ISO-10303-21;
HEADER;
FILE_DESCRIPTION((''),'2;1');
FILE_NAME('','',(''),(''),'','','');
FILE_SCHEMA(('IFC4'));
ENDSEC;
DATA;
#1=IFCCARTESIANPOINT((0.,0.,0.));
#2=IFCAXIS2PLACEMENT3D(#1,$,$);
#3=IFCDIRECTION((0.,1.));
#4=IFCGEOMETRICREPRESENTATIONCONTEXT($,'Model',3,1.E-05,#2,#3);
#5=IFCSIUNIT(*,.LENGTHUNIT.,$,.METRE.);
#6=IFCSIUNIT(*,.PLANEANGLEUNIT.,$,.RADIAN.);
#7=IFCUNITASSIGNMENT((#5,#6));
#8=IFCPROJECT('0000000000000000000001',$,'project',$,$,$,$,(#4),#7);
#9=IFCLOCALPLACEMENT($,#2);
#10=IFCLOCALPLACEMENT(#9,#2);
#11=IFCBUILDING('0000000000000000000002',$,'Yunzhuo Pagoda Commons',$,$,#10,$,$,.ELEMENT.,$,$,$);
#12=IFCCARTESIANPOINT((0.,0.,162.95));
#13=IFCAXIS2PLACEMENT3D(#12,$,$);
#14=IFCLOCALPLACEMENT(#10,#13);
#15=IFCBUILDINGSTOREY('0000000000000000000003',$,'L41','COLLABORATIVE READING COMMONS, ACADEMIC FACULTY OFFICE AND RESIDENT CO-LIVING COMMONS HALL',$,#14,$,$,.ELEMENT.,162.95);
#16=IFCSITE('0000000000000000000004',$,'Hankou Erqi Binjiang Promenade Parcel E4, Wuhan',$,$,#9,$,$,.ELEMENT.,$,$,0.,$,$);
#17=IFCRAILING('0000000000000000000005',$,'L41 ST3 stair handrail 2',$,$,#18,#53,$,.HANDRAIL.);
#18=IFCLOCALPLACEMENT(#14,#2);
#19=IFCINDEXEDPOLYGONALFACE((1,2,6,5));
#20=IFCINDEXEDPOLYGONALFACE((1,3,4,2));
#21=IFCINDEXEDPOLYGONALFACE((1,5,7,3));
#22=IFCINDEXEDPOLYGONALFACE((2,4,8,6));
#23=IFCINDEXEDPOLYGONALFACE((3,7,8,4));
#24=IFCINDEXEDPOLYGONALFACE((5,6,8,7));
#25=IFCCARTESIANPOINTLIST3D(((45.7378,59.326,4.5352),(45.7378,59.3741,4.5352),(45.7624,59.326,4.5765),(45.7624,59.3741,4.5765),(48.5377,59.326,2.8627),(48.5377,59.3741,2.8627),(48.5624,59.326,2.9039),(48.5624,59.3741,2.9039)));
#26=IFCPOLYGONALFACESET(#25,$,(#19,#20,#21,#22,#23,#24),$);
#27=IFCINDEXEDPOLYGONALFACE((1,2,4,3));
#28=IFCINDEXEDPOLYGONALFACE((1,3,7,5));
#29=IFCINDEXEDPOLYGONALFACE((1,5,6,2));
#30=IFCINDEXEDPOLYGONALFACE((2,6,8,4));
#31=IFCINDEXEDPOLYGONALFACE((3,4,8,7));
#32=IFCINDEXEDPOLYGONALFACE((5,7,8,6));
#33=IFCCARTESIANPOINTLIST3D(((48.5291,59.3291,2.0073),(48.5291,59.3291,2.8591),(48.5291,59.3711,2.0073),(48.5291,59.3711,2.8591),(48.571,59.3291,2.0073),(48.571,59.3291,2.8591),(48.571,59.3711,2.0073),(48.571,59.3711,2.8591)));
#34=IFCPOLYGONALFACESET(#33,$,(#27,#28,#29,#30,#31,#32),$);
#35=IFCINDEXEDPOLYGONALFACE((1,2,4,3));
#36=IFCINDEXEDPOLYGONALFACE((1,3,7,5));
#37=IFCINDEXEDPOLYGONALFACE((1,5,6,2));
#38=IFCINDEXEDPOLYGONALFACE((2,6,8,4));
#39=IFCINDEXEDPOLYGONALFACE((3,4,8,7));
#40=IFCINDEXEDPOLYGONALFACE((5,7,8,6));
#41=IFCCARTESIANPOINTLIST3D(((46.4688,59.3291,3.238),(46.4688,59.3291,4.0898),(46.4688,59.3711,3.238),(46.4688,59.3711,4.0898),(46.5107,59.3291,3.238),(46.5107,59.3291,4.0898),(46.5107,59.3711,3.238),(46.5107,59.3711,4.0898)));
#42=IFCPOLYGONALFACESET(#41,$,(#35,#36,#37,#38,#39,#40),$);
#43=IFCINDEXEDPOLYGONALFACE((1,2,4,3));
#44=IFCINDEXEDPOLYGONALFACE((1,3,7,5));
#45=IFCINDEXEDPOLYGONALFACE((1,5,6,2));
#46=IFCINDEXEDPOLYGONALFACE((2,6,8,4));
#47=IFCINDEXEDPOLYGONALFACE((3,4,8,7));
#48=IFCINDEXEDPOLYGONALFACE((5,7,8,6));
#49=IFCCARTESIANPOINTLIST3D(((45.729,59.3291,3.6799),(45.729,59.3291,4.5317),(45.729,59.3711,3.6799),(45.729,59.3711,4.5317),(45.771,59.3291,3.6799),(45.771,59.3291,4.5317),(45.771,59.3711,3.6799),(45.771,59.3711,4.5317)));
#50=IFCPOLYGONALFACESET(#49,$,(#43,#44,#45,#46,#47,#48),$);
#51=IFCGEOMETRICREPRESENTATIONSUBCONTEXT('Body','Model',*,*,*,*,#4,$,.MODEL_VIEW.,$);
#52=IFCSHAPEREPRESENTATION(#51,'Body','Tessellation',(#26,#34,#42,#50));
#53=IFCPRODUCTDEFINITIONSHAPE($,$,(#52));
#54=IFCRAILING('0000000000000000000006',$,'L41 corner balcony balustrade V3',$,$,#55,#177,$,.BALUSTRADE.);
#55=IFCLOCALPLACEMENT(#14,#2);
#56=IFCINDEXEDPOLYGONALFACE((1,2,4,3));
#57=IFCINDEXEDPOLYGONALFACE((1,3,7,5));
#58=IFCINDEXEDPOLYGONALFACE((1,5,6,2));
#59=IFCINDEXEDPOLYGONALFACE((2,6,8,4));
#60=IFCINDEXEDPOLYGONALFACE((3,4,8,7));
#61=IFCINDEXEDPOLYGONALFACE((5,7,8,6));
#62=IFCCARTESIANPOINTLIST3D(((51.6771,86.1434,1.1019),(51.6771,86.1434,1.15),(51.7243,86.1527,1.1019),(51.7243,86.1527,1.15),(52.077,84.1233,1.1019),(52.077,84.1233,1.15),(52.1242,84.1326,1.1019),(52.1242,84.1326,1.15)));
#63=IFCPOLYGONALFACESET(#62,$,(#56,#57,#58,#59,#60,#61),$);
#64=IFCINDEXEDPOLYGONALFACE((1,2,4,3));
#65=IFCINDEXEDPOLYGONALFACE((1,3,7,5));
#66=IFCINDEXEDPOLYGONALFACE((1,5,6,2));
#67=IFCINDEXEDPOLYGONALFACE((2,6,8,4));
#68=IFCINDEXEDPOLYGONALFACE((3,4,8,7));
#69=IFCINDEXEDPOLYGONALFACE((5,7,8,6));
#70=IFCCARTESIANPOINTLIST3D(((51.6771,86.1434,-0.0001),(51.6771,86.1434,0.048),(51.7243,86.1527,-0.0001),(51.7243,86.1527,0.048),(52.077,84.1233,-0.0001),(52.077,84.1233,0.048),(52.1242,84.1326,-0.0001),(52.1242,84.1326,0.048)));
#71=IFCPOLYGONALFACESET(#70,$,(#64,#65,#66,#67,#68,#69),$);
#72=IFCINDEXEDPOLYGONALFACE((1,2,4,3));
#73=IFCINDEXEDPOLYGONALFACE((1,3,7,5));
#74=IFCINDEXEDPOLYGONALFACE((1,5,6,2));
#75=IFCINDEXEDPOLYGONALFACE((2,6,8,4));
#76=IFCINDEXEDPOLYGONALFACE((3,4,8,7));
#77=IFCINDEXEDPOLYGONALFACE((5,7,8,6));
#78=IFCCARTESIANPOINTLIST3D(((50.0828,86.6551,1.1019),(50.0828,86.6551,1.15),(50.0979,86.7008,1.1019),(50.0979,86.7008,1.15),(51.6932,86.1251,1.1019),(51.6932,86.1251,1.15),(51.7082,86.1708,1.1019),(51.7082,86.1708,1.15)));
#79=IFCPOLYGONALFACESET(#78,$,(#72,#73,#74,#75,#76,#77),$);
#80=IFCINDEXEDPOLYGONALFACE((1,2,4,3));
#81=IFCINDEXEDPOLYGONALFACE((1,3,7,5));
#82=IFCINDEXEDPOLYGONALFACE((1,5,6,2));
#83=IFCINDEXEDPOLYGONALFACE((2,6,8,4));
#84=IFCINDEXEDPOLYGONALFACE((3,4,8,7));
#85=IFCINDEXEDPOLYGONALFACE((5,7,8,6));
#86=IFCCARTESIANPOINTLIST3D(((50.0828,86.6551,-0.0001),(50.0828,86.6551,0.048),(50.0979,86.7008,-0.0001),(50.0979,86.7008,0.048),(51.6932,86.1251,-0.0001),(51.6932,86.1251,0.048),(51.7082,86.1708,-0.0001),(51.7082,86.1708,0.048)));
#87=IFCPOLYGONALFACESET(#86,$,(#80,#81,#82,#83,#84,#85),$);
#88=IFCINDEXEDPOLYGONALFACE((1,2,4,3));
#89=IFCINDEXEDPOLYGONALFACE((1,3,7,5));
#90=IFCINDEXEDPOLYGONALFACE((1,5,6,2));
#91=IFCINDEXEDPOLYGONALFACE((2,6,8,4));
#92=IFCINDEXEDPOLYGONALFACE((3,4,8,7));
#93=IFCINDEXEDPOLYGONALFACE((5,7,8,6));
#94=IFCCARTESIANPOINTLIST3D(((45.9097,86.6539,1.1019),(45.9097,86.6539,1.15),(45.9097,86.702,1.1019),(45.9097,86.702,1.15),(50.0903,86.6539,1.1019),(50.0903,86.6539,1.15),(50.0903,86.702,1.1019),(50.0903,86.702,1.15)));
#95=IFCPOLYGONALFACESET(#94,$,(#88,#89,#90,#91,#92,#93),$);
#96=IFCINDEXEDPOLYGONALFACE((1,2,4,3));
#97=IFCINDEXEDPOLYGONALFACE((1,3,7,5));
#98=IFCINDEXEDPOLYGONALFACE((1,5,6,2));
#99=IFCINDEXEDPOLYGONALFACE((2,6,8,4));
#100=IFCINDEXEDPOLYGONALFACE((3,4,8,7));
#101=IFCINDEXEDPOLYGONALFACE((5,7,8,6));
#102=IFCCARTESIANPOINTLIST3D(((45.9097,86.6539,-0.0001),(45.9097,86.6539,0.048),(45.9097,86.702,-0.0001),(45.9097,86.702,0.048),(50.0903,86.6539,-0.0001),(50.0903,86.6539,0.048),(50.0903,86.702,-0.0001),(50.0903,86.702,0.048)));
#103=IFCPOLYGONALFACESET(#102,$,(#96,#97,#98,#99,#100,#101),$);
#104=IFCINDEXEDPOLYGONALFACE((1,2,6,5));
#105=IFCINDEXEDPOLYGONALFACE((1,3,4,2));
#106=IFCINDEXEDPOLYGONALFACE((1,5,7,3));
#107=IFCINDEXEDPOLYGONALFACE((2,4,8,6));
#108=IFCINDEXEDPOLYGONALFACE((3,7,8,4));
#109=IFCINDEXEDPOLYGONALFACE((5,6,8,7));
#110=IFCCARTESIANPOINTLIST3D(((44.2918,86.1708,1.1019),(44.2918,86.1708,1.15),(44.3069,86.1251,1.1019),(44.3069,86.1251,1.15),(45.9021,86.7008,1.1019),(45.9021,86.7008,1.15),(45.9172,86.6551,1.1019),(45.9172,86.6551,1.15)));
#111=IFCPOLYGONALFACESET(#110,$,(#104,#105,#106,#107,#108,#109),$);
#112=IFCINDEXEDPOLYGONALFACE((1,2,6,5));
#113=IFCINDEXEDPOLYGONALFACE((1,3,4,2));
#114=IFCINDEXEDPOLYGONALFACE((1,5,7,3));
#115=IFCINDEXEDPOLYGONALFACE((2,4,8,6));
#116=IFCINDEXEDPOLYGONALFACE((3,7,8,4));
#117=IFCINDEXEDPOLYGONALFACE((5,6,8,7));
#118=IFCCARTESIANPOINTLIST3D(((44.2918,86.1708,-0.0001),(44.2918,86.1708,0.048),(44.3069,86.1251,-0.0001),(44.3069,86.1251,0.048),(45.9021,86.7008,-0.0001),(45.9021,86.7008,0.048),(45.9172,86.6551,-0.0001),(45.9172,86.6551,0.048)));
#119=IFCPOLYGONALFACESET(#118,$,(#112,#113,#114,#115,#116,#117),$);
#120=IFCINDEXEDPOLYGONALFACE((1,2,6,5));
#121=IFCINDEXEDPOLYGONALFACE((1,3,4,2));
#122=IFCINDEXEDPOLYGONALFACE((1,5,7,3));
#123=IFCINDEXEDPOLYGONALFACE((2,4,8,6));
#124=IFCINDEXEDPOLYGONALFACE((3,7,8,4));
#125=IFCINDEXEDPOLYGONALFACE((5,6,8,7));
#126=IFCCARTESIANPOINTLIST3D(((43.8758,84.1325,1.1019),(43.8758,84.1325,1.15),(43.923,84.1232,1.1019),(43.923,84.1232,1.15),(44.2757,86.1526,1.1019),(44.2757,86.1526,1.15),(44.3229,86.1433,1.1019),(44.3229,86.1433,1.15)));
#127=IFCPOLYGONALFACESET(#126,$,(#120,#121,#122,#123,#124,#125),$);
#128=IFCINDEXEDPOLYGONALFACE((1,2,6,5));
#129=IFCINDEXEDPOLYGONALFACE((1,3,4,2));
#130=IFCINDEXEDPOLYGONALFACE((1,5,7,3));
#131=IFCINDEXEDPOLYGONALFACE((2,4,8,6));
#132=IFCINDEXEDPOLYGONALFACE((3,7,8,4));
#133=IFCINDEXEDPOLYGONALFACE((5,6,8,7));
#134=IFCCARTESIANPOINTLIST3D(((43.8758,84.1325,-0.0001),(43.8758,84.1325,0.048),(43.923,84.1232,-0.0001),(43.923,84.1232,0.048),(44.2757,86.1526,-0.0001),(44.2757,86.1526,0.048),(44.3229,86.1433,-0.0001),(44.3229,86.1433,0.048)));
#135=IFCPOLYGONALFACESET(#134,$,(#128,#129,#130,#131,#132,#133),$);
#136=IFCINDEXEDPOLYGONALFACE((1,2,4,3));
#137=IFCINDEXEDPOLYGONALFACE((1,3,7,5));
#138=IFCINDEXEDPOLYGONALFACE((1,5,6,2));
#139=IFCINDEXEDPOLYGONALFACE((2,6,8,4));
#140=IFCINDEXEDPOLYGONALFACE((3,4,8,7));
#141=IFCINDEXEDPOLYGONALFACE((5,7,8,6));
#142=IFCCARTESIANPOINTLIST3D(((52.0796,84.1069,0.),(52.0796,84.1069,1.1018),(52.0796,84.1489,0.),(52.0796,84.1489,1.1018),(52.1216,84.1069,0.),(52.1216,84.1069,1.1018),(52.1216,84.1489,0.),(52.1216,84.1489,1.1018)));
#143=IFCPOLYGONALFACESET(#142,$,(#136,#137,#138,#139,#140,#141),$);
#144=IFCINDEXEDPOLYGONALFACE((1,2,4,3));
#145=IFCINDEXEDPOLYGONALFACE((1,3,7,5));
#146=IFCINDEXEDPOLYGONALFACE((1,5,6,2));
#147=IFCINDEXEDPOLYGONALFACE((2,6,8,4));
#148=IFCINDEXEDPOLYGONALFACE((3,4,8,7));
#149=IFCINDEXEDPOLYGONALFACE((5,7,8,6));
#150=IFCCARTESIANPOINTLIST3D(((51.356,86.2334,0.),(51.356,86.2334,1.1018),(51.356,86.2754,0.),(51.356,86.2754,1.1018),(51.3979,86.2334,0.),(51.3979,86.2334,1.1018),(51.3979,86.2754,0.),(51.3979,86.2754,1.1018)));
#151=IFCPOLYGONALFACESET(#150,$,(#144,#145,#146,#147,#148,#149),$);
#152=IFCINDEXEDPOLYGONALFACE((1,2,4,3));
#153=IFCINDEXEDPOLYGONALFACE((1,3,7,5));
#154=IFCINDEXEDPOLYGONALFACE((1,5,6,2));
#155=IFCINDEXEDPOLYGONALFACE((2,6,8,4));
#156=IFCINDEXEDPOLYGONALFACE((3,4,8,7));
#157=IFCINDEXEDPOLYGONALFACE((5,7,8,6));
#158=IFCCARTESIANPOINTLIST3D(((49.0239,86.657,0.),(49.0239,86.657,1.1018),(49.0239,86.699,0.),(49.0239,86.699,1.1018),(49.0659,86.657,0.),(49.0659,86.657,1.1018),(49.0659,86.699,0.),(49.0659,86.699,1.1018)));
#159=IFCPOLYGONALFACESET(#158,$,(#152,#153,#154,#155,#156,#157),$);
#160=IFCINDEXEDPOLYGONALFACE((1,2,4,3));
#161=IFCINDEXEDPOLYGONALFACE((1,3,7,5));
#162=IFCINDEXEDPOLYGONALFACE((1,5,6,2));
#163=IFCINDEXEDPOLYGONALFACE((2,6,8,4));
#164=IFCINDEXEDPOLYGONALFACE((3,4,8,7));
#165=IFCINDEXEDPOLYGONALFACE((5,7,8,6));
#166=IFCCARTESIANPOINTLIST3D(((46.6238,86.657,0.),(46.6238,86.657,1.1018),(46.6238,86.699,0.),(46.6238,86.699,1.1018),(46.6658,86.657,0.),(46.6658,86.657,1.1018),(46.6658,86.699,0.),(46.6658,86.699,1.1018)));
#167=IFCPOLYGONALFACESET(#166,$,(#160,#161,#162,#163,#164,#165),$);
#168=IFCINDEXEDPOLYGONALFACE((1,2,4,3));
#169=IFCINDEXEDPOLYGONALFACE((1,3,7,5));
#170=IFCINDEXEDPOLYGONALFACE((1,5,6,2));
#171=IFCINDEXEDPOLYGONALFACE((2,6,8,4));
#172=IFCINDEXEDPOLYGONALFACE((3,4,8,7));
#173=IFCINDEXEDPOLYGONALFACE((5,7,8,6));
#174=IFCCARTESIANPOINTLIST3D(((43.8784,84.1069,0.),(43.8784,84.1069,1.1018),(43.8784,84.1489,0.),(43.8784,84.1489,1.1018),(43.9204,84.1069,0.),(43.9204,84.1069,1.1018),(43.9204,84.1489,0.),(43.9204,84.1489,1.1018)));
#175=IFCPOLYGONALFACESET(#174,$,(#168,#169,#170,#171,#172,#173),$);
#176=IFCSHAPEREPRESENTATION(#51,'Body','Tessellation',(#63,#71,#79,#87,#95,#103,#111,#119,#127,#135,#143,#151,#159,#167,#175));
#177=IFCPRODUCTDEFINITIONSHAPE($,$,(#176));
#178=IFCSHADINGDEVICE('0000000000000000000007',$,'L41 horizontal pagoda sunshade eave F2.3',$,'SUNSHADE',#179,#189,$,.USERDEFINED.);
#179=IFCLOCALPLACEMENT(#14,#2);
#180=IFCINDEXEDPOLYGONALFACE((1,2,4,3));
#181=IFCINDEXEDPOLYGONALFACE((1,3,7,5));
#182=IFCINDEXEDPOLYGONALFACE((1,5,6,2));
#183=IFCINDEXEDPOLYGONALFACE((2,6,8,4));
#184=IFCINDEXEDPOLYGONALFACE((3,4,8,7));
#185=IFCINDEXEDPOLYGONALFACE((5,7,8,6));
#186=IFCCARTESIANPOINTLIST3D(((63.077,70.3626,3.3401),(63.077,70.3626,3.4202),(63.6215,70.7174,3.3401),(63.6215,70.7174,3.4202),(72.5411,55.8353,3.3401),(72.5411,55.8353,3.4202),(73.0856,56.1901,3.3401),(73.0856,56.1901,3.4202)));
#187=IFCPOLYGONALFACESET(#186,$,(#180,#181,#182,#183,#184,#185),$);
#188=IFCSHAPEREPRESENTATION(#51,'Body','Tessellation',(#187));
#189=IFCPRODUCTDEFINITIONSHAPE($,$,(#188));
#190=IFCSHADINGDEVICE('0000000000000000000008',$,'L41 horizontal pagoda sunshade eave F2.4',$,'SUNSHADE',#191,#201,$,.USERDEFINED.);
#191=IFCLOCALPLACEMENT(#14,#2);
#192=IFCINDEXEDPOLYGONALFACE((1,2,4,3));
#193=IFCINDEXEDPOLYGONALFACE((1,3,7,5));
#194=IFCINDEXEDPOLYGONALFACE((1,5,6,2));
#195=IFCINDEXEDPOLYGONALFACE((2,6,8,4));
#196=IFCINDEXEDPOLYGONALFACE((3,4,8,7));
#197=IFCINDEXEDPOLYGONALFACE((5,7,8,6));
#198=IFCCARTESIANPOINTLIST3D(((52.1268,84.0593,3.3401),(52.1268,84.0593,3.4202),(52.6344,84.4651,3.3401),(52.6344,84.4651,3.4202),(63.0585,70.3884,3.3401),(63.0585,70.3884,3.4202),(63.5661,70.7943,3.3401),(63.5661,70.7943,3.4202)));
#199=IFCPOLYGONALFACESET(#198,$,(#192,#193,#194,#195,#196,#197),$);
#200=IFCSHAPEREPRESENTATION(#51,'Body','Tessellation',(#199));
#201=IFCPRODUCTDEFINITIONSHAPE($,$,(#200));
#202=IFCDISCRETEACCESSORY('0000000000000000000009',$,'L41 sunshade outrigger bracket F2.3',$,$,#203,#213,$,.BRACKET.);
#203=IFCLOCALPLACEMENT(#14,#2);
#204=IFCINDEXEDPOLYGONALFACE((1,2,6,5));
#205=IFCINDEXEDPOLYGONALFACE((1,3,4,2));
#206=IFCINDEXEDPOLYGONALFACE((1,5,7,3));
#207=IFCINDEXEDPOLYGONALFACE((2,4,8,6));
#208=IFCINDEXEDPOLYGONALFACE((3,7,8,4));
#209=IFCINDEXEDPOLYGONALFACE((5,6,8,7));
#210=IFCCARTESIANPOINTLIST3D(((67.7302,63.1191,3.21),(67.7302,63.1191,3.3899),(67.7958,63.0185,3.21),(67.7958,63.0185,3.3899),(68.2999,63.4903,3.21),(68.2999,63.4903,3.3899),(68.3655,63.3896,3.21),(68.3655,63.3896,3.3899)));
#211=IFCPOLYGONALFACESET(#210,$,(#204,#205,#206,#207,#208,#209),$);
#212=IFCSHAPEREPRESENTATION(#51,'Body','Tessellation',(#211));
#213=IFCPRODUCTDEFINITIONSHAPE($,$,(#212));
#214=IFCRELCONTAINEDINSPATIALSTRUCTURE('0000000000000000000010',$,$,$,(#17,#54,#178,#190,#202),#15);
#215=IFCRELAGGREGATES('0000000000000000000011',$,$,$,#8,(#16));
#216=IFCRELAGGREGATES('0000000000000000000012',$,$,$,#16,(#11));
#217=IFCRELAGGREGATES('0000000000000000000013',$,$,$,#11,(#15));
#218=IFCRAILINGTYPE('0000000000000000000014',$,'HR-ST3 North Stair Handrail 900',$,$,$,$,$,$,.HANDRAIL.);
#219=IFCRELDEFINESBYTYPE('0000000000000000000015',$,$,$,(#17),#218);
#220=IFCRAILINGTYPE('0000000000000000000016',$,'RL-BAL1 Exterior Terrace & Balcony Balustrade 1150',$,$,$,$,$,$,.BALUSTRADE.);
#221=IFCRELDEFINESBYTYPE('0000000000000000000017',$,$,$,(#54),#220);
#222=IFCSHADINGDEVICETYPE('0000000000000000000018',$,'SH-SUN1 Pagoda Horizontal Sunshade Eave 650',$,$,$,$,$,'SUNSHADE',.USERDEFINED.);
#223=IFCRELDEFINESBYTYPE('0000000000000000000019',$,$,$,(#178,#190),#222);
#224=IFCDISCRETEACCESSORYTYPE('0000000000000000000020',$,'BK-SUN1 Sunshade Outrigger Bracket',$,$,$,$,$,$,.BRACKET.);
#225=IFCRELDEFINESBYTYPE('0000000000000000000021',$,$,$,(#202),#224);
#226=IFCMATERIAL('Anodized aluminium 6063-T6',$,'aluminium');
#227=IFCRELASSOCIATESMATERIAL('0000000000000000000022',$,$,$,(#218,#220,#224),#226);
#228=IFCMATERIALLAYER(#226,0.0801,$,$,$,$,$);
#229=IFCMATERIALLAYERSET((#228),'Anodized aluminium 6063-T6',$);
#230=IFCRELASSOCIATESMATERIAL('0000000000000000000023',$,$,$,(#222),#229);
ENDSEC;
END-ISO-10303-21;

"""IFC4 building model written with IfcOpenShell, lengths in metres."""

from ifc_helpers import new_model, si_unit, direction, frame, origin, origin_2d, place, context, subcontext, project, spatial, rectangle, extrude, source, transform, mapped, material, layer, layer_set, type_object, element, save


model = new_model("IFC4")

# Units and contexts
model_context = context("Model", 3, precision=1e-05, world=origin(), true_north=direction((0.0, 1.0)))
body_context = subcontext(model_context, "Body", "Model", "MODEL_VIEW")
ifc_project = project(units=[si_unit("LENGTHUNIT", "METRE"), si_unit("PLANEANGLEUNIT", "RADIAN")], contexts=[model_context])

# Site, building, storey
site_placement = place(None, origin())
site = spatial("IfcSite", under=ifc_project, at=site_placement, Name="Hankou Erqi Binjiang Promenade Parcel E4, Wuhan", CompositionType="ELEMENT", RefElevation=0.0)
building_placement = place(site_placement, origin())
building = spatial("IfcBuilding", under=site, at=building_placement, Name="Yunzhuo Pagoda Commons", CompositionType="ELEMENT")
storey_placement = place(building_placement, frame((0.0, 0.0, 162.95)))
storey = spatial("IfcBuildingStorey", under=building, at=storey_placement, Name="L41", Description="COLLABORATIVE READING COMMONS, ACADEMIC FACULTY OFFICE AND RESIDENT CO-LIVING COMMONS HALL", CompositionType="ELEMENT", Elevation=162.95)

# Shared definitions
ifc_material_1 = material(Name="Anodized aluminium 6063-T6", Category="aluminium")

# Railings
railing_type_1 = type_object("IfcRailingType", Name="HR-ST3 North Stair Handrail 900", PredefinedType="HANDRAIL", material=ifc_material_1)
railing_1_placement = place(storey_placement, frame((48.55, 59.3501, 2.0073)))
element("IfcRailing", 1, at=railing_1_placement, inside=storey, type_object=railing_type_1, Name="L41 ST3 stair handrail 2", PredefinedType="HANDRAIL", context=body_context, shape_type="SweptSolid", body=[
    extrude(rectangle(XDim=0.0481, YDim=0.0481, at=origin_2d()), frame((0.0, 0.0, 0.876), z_axis=(-0.858495, 0.0, 0.512822), x_axis=(0.0, -1.0, 0.0)), (0.0, 0.0, 1.0), 3.2615),
    extrude(rectangle(XDim=0.042, YDim=0.042, at=origin_2d()), origin(), (0.0, 0.0, 1.0), 0.8518),
    extrude(rectangle(XDim=0.042, YDim=0.042, at=origin_2d()), frame((-2.0603, 0.0, 1.2307)), (0.0, 0.0, 1.0), 0.8518),
    extrude(rectangle(XDim=0.042, YDim=0.042, at=origin_2d()), frame((-2.8, 0.0, 1.6726)), (0.0, 0.0, 1.0), 0.8518),
])
railing_type_2 = type_object("IfcRailingType", Name="RL-BAL1 Exterior Terrace & Balcony Balustrade 1150", PredefinedType="BALUSTRADE", material=ifc_material_1)
railing_2_placement = place(storey_placement, frame((52.1006, 84.1279, 0.0)))
element("IfcRailing", 2, at=railing_2_placement, inside=storey, type_object=railing_type_2, Name="L41 corner balcony balustrade V3", PredefinedType="BALUSTRADE", context=body_context, shape_type="SweptSolid", body=[
    extrude(rectangle(XDim=0.0481, YDim=0.0481, at=origin_2d()), frame((0.0, 0.0, 1.126), z_axis=(-0.194201, 0.980962, 0.0), x_axis=(-0.980962, -0.194201, 0.0)), (0.0, 0.0, 1.0), 2.0593),
    extrude(rectangle(XDim=0.0481, YDim=0.0481, at=origin_2d()), frame((0.0, 0.0, 0.0239), z_axis=(-0.194201, 0.980962, 0.0), x_axis=(-0.980962, -0.194201, 0.0)), (0.0, 0.0, 1.0), 2.0593),
    extrude(rectangle(XDim=0.0481, YDim=0.0481, at=origin_2d()), frame((-0.3999, 2.02, 1.126), z_axis=(-0.949872, 0.31264, 0.0), x_axis=(-0.31264, -0.949872, 0.0)), (0.0, 0.0, 1.0), 1.6953),
    extrude(rectangle(XDim=0.0481, YDim=0.0481, at=origin_2d()), frame((-0.3999, 2.02, 0.0239), z_axis=(-0.949872, 0.31264, 0.0), x_axis=(-0.31264, -0.949872, 0.0)), (0.0, 0.0, 1.0), 1.6953),
    extrude(rectangle(XDim=0.0481, YDim=0.0481, at=origin_2d()), frame((-2.0103, 2.55, 1.126), z_axis=(-1.0, 0.0, 0.0), x_axis=(0.0, -1.0, 0.0)), (0.0, 0.0, 1.0), 4.1807),
    extrude(rectangle(XDim=0.0481, YDim=0.0481, at=origin_2d()), frame((-2.0103, 2.55, 0.0239), z_axis=(-1.0, 0.0, 0.0), x_axis=(0.0, -1.0, 0.0)), (0.0, 0.0, 1.0), 4.1807),
    extrude(rectangle(XDim=0.0481, YDim=0.0481, at=origin_2d()), frame((-6.1909, 2.55, 1.126), z_axis=(-0.949872, -0.31264, 0.0), x_axis=(0.31264, -0.949872, 0.0)), (0.0, 0.0, 1.0), 1.6953),
    extrude(rectangle(XDim=0.0481, YDim=0.0481, at=origin_2d()), frame((-6.1909, 2.55, 0.0239), z_axis=(-0.949872, -0.31264, 0.0), x_axis=(0.31264, -0.949872, 0.0)), (0.0, 0.0, 1.0), 1.6953),
    extrude(rectangle(XDim=0.0481, YDim=0.0481, at=origin_2d()), frame((-7.8013, 2.02, 1.126), z_axis=(-0.194201, -0.980962, 0.0), x_axis=(0.980962, -0.194201, 0.0)), (0.0, 0.0, 1.0), 2.0593),
    extrude(rectangle(XDim=0.0481, YDim=0.0481, at=origin_2d()), frame((-7.8013, 2.02, 0.0239), z_axis=(-0.194201, -0.980962, 0.0), x_axis=(0.980962, -0.194201, 0.0)), (0.0, 0.0, 1.0), 2.0593),
    extrude(rectangle(XDim=0.042, YDim=0.042, at=origin_2d()), origin(), (0.0, 0.0, 1.0), 1.1018),
    extrude(rectangle(XDim=0.042, YDim=0.042, at=origin_2d()), frame((-0.7236, 2.1265, 0.0)), (0.0, 0.0, 1.0), 1.1018),
    extrude(rectangle(XDim=0.042, YDim=0.042, at=origin_2d()), frame((-3.0557, 2.55, 0.0)), (0.0, 0.0, 1.0), 1.1018),
    extrude(rectangle(XDim=0.042, YDim=0.042, at=origin_2d()), frame((-5.4558, 2.55, 0.0)), (0.0, 0.0, 1.0), 1.1018),
    extrude(rectangle(XDim=0.042, YDim=0.042, at=origin_2d()), frame((-8.2012, 0.0, 0.0)), (0.0, 0.0, 1.0), 1.1018),
])

# Shading devices
ifc_layer_1 = layer(ifc_material_1, 0.0801)
ifc_layer_set_1 = layer_set([ifc_layer_1], Name="Anodized aluminium 6063-T6")
shading_device_type = type_object("IfcShadingDeviceType", Name="SH-SUN1 Pagoda Horizontal Sunshade Eave 650", ElementType="SUNSHADE", PredefinedType="USERDEFINED", material=ifc_layer_set_1)
shared_shape_1 = source(origin(), body_context, "Body", "SweptSolid", [
    extrude(rectangle(XDim=17.3381, YDim=0.6499, at=origin_2d()), origin(), (0.0, 0.0, 1.0), 0.0801),
])
shading_device_1_placement = place(storey_placement, frame((68.0813, 63.2764, 3.3401), z_axis=(0.0, 0.0, 1.0), x_axis=(-0.545853, 0.837881, 0.0)))
element("IfcShadingDevice", 3, at=shading_device_1_placement, inside=storey, type_object=shading_device_type, Name="L41 horizontal pagoda sunshade eave F2.3", ObjectType="SUNSHADE", PredefinedType="USERDEFINED", context=body_context, shape_type="MappedRepresentation", body=[
    mapped(shared_shape_1, transform((0.0, 0.0, 0.0), scale=1.0)),
])
shared_shape_2 = source(origin(), body_context, "Body", "SweptSolid", [
    extrude(rectangle(XDim=17.5042, YDim=0.6499, at=origin_2d()), origin(), (0.0, 0.0, 1.0), 0.0801),
])
shading_device_2_placement = place(storey_placement, frame((57.8464, 77.4268, 3.3401), z_axis=(0.0, 0.0, 1.0), x_axis=(-0.62452, 0.781008, 0.0)))
element("IfcShadingDevice", 4, at=shading_device_2_placement, inside=storey, type_object=shading_device_type, Name="L41 horizontal pagoda sunshade eave F2.4", ObjectType="SUNSHADE", PredefinedType="USERDEFINED", context=body_context, shape_type="MappedRepresentation", body=[
    mapped(shared_shape_2, transform((0.0, 0.0, 0.0), scale=1.0)),
])

# Discrete accessory
discrete_accessory_type = type_object("IfcDiscreteAccessoryType", Name="BK-SUN1 Sunshade Outrigger Bracket", PredefinedType="BRACKET", material=ifc_material_1)
shared_shape_3 = source(origin(), body_context, "Body", "SweptSolid", [
    extrude(rectangle(XDim=0.1201, YDim=0.6799, at=origin_2d()), origin(), (0.0, 0.0, 1.0), 0.1799),
])
discrete_accessory_placement = place(storey_placement, frame((68.0479, 63.2544, 3.21), z_axis=(0.0, 0.0, 1.0), x_axis=(-0.545853, 0.837881, 0.0)))
element("IfcDiscreteAccessory", 5, at=discrete_accessory_placement, inside=storey, type_object=discrete_accessory_type, Name="L41 sunshade outrigger bracket F2.3", PredefinedType="BRACKET", context=body_context, shape_type="MappedRepresentation", body=[
    mapped(shared_shape_3, transform((0.0, 0.0, 0.0), scale=1.0)),
])

save(model, "model.ifc")
